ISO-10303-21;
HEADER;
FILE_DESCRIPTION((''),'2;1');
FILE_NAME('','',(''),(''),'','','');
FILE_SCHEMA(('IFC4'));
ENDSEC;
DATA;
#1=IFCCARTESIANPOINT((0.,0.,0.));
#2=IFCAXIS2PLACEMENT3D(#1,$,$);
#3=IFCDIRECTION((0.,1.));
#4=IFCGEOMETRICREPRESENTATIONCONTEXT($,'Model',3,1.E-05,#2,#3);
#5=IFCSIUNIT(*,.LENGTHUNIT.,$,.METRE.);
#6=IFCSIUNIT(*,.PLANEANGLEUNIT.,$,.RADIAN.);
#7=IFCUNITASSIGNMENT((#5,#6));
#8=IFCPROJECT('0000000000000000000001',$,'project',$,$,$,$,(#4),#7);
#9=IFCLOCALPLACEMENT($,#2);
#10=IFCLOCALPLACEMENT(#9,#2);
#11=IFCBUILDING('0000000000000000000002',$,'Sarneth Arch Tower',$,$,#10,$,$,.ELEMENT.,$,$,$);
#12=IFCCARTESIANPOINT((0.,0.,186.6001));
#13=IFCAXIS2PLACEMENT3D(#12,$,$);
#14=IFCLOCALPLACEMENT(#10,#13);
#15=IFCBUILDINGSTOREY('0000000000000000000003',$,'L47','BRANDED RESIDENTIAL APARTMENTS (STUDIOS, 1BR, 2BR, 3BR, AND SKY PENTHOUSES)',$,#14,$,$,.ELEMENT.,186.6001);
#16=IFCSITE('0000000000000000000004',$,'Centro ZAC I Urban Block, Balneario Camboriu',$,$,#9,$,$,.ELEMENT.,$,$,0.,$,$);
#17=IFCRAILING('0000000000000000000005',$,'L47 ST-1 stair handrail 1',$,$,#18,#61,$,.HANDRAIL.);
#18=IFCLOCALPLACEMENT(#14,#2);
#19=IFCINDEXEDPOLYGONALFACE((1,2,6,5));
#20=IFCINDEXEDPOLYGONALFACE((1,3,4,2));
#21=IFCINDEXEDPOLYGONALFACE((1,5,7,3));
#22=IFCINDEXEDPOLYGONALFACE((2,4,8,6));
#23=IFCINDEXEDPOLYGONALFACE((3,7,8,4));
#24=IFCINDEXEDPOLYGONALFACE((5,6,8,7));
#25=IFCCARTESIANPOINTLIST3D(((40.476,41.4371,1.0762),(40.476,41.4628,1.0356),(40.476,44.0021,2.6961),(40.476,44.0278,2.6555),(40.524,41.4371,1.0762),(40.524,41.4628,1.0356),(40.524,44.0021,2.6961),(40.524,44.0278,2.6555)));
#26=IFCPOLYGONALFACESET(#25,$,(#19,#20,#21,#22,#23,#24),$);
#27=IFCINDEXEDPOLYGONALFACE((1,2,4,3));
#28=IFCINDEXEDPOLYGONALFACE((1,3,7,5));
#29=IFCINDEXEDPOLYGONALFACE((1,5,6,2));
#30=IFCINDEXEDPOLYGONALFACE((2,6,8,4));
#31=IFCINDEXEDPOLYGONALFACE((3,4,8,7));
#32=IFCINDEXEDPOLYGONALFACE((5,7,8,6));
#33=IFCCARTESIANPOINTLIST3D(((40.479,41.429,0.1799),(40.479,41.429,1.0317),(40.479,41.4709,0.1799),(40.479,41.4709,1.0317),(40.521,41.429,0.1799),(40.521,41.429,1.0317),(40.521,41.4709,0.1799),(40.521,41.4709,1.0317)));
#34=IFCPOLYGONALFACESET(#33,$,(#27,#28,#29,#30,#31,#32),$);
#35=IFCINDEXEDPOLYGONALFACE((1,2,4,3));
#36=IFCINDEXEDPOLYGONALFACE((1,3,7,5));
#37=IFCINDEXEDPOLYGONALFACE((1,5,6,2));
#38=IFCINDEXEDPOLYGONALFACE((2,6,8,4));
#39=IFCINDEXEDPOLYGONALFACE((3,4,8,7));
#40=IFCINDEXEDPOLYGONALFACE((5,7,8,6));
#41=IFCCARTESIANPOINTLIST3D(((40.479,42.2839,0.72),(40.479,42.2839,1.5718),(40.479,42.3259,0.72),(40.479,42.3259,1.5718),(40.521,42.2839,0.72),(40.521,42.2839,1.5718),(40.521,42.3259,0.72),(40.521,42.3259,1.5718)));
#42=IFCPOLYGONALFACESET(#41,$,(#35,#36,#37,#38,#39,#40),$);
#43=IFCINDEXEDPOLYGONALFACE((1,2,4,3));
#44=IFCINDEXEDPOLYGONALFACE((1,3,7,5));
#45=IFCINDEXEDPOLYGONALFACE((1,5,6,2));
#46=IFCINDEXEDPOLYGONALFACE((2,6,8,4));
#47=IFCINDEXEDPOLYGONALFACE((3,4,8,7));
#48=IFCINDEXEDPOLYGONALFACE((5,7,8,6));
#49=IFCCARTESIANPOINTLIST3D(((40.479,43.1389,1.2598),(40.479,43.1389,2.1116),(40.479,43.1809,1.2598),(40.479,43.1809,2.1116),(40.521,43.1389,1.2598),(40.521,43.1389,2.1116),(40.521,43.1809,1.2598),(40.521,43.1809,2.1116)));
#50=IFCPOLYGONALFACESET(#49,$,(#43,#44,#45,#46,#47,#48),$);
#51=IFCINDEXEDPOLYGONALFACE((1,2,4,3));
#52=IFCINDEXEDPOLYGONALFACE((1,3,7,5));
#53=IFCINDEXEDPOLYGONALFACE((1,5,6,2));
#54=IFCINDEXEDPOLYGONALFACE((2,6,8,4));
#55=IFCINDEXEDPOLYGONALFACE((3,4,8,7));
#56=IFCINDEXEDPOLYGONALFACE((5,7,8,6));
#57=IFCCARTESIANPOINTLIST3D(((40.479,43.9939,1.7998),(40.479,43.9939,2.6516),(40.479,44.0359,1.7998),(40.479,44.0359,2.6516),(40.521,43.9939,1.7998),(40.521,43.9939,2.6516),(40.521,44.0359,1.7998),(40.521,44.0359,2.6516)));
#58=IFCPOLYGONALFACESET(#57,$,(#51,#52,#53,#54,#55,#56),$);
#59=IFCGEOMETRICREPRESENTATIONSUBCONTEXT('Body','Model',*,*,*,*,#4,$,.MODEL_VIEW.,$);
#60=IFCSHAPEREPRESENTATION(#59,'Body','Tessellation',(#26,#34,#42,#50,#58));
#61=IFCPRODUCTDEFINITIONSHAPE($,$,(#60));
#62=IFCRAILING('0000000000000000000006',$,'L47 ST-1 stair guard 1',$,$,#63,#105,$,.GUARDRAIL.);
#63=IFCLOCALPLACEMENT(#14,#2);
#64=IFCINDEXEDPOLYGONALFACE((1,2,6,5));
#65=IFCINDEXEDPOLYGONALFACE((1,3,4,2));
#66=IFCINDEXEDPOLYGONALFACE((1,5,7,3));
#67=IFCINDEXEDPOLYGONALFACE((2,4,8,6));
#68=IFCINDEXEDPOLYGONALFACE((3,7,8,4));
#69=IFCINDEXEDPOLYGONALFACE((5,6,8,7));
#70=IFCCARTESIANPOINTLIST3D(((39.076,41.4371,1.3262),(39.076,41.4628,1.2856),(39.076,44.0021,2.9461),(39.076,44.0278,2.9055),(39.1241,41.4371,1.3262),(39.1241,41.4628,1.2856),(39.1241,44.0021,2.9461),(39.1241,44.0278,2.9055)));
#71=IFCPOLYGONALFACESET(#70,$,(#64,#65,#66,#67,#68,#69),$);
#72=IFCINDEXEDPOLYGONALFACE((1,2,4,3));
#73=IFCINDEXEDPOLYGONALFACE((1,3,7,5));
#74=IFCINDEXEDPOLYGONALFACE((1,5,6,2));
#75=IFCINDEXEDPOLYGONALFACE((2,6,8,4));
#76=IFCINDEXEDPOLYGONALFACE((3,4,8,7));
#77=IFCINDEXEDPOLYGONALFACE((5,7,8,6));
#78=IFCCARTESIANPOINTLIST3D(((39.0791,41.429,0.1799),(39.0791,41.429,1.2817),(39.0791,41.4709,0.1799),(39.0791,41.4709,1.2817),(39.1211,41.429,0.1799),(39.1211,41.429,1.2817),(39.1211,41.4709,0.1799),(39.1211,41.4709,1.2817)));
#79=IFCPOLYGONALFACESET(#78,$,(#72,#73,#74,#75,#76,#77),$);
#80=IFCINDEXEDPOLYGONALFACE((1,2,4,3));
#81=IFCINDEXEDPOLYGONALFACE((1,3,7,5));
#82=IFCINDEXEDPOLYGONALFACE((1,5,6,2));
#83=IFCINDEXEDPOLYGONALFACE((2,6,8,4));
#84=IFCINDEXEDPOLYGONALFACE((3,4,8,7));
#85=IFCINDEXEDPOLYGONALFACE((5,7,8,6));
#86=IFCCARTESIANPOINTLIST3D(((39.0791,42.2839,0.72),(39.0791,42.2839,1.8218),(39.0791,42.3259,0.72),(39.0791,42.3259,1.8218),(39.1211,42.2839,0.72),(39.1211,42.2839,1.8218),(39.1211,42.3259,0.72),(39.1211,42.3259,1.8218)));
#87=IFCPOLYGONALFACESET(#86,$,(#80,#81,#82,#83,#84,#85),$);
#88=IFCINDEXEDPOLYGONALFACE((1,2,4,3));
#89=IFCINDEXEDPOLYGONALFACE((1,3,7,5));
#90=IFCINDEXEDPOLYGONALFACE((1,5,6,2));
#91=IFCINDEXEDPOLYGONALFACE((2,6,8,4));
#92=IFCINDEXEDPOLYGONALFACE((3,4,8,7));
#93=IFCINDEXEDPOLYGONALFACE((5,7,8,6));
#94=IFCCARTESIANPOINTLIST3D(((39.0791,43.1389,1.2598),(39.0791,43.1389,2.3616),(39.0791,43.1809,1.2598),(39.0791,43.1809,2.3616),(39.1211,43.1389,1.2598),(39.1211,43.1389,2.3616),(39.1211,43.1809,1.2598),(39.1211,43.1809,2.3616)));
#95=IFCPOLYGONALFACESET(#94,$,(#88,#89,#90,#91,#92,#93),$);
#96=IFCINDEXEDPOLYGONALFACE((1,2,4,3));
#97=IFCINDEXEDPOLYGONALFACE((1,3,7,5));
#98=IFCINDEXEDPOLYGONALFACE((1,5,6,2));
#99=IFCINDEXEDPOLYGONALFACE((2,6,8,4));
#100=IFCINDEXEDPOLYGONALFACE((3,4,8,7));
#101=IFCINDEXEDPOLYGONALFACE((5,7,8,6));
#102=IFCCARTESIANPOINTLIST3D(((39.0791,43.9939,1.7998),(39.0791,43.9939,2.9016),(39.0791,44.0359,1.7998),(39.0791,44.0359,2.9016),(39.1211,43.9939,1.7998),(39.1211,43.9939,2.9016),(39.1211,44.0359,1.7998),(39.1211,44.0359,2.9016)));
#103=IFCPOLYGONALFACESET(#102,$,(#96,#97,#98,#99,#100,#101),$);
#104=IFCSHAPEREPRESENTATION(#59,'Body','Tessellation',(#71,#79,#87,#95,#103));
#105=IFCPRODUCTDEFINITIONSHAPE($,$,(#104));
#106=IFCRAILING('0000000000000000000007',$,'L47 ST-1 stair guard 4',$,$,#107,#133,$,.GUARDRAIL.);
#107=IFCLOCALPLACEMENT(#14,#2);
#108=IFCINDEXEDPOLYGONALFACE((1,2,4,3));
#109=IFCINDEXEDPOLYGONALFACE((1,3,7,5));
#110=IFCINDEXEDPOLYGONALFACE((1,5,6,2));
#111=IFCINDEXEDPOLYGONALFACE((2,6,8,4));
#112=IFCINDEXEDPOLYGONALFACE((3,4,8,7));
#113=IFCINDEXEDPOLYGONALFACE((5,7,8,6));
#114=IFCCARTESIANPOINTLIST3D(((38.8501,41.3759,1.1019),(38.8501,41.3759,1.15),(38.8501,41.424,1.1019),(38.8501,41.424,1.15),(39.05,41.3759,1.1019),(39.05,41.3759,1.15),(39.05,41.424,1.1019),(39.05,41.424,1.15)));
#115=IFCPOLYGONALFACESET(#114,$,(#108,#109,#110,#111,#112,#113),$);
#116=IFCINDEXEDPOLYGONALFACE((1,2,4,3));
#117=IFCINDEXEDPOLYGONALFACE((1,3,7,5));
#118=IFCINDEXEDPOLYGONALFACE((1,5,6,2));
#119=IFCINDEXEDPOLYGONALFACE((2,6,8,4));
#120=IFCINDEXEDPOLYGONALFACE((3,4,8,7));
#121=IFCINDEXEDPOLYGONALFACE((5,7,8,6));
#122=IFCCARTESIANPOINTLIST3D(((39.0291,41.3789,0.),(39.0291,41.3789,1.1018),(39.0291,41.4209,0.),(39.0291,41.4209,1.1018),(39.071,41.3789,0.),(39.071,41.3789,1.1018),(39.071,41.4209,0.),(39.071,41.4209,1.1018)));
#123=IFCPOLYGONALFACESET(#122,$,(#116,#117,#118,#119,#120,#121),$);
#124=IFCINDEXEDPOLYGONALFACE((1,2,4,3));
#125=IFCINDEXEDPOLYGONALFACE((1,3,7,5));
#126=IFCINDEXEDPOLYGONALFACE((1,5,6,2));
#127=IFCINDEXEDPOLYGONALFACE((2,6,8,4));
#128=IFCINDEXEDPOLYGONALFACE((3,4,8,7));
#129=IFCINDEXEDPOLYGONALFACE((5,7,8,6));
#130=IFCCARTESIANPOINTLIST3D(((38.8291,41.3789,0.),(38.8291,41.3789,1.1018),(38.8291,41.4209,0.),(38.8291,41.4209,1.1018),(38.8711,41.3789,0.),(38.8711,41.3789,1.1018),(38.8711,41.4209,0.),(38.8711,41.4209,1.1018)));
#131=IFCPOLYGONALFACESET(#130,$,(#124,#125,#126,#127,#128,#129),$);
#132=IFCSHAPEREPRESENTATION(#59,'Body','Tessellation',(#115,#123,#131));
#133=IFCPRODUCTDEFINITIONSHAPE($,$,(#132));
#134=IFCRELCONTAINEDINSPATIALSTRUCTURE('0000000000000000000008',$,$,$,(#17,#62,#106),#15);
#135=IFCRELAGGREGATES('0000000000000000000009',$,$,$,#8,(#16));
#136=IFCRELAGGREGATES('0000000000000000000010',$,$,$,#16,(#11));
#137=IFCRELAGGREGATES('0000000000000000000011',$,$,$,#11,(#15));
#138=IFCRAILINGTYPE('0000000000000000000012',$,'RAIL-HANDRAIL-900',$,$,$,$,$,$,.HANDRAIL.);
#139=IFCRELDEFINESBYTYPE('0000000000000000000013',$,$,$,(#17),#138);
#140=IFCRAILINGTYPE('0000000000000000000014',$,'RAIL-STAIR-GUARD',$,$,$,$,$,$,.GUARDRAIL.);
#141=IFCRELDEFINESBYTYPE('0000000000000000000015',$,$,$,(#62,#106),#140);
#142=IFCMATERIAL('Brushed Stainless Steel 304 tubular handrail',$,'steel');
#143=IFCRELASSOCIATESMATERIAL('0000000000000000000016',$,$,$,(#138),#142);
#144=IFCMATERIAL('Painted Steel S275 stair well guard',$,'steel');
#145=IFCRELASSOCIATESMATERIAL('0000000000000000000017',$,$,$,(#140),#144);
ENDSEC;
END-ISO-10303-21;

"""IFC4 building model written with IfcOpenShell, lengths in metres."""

from ifc_helpers import new_model, si_unit, direction, frame, origin, origin_2d, place, context, subcontext, project, spatial, rectangle, extrude, material, type_object, element, save


model = new_model("IFC4")

# Units and contexts
model_context = context("Model", 3, precision=1e-05, world=origin(), true_north=direction((0.0, 1.0)))
body_context = subcontext(model_context, "Body", "Model", "MODEL_VIEW")
ifc_project = project(units=[si_unit("LENGTHUNIT", "METRE"), si_unit("PLANEANGLEUNIT", "RADIAN")], contexts=[model_context])

# Site, building, storey
site_placement = place(None, origin())
site = spatial("IfcSite", under=ifc_project, at=site_placement, Name="Centro ZAC I Urban Block, Balneario Camboriu", CompositionType="ELEMENT", RefElevation=0.0)
building_placement = place(site_placement, origin())
building = spatial("IfcBuilding", under=site, at=building_placement, Name="Sarneth Arch Tower", CompositionType="ELEMENT")
storey_placement = place(building_placement, frame((0.0, 0.0, 186.6001)))
storey = spatial("IfcBuildingStorey", under=building, at=storey_placement, Name="L47", Description="BRANDED RESIDENTIAL APARTMENTS (STUDIOS, 1BR, 2BR, 3BR, AND SKY PENTHOUSES)", CompositionType="ELEMENT", Elevation=186.6001)

# Railings
ifc_material_1 = material(Name="Brushed Stainless Steel 304 tubular handrail", Category="steel")
railing_type_1 = type_object("IfcRailingType", Name="RAIL-HANDRAIL-900", PredefinedType="HANDRAIL", material=ifc_material_1)
railing_1_placement = place(storey_placement, frame((40.5, 41.45, 0.1799)))
element("IfcRailing", 1, at=railing_1_placement, inside=storey, type_object=railing_type_1, Name="L47 ST-1 stair handrail 1", PredefinedType="HANDRAIL", context=body_context, shape_type="SweptSolid", body=[
    extrude(rectangle(XDim=0.0481, YDim=0.0481, at=origin_2d()), frame((0.0, 0.0, 0.876), z_axis=(0.0, 0.845502, 0.533972), x_axis=(-1.0, 0.0, 0.0)), (0.0, 0.0, 1.0), 3.0337),
    extrude(rectangle(XDim=0.042, YDim=0.042, at=origin_2d()), origin(), (0.0, 0.0, 1.0), 0.8518),
    extrude(rectangle(XDim=0.042, YDim=0.042, at=origin_2d()), frame((0.0, 0.855, 0.54)), (0.0, 0.0, 1.0), 0.8518),
    extrude(rectangle(XDim=0.042, YDim=0.042, at=origin_2d()), frame((0.0, 1.71, 1.0798)), (0.0, 0.0, 1.0), 0.8518),
    extrude(rectangle(XDim=0.042, YDim=0.042, at=origin_2d()), frame((0.0, 2.5649, 1.6199)), (0.0, 0.0, 1.0), 0.8518),
])
ifc_material_2 = material(Name="Painted Steel S275 stair well guard", Category="steel")
railing_type_2 = type_object("IfcRailingType", Name="RAIL-STAIR-GUARD", PredefinedType="GUARDRAIL", material=ifc_material_2)
railing_2_placement = place(storey_placement, frame((39.1001, 41.45, 0.1799)))
element("IfcRailing", 2, at=railing_2_placement, inside=storey, type_object=railing_type_2, Name="L47 ST-1 stair guard 1", PredefinedType="GUARDRAIL", context=body_context, shape_type="SweptSolid", body=[
    extrude(rectangle(XDim=0.0481, YDim=0.0481, at=origin_2d()), frame((0.0, 0.0, 1.126), z_axis=(0.0, 0.845502, 0.533972), x_axis=(-1.0, 0.0, 0.0)), (0.0, 0.0, 1.0), 3.0337),
    extrude(rectangle(XDim=0.042, YDim=0.042, at=origin_2d()), origin(), (0.0, 0.0, 1.0), 1.1018),
    extrude(rectangle(XDim=0.042, YDim=0.042, at=origin_2d()), frame((0.0, 0.855, 0.54)), (0.0, 0.0, 1.0), 1.1018),
    extrude(rectangle(XDim=0.042, YDim=0.042, at=origin_2d()), frame((0.0, 1.71, 1.0798)), (0.0, 0.0, 1.0), 1.1018),
    extrude(rectangle(XDim=0.042, YDim=0.042, at=origin_2d()), frame((0.0, 2.5649, 1.6199)), (0.0, 0.0, 1.0), 1.1018),
])
railing_3_placement = place(storey_placement, frame((39.05, 41.3999, 0.0)))
element("IfcRailing", 3, at=railing_3_placement, inside=storey, type_object=railing_type_2, Name="L47 ST-1 stair guard 4", PredefinedType="GUARDRAIL", context=body_context, shape_type="SweptSolid", body=[
    extrude(rectangle(XDim=0.0481, YDim=0.0481, at=origin_2d()), frame((0.0, 0.0, 1.126), z_axis=(-1.0, 0.0, 0.0), x_axis=(0.0, -1.0, 0.0)), (0.0, 0.0, 1.0), 0.2),
    extrude(rectangle(XDim=0.042, YDim=0.042, at=origin_2d()), origin(), (0.0, 0.0, 1.0), 1.1018),
    extrude(rectangle(XDim=0.042, YDim=0.042, at=origin_2d()), frame((-0.2, 0.0, 0.0)), (0.0, 0.0, 1.0), 1.1018),
])

save(model, "model.ifc")
